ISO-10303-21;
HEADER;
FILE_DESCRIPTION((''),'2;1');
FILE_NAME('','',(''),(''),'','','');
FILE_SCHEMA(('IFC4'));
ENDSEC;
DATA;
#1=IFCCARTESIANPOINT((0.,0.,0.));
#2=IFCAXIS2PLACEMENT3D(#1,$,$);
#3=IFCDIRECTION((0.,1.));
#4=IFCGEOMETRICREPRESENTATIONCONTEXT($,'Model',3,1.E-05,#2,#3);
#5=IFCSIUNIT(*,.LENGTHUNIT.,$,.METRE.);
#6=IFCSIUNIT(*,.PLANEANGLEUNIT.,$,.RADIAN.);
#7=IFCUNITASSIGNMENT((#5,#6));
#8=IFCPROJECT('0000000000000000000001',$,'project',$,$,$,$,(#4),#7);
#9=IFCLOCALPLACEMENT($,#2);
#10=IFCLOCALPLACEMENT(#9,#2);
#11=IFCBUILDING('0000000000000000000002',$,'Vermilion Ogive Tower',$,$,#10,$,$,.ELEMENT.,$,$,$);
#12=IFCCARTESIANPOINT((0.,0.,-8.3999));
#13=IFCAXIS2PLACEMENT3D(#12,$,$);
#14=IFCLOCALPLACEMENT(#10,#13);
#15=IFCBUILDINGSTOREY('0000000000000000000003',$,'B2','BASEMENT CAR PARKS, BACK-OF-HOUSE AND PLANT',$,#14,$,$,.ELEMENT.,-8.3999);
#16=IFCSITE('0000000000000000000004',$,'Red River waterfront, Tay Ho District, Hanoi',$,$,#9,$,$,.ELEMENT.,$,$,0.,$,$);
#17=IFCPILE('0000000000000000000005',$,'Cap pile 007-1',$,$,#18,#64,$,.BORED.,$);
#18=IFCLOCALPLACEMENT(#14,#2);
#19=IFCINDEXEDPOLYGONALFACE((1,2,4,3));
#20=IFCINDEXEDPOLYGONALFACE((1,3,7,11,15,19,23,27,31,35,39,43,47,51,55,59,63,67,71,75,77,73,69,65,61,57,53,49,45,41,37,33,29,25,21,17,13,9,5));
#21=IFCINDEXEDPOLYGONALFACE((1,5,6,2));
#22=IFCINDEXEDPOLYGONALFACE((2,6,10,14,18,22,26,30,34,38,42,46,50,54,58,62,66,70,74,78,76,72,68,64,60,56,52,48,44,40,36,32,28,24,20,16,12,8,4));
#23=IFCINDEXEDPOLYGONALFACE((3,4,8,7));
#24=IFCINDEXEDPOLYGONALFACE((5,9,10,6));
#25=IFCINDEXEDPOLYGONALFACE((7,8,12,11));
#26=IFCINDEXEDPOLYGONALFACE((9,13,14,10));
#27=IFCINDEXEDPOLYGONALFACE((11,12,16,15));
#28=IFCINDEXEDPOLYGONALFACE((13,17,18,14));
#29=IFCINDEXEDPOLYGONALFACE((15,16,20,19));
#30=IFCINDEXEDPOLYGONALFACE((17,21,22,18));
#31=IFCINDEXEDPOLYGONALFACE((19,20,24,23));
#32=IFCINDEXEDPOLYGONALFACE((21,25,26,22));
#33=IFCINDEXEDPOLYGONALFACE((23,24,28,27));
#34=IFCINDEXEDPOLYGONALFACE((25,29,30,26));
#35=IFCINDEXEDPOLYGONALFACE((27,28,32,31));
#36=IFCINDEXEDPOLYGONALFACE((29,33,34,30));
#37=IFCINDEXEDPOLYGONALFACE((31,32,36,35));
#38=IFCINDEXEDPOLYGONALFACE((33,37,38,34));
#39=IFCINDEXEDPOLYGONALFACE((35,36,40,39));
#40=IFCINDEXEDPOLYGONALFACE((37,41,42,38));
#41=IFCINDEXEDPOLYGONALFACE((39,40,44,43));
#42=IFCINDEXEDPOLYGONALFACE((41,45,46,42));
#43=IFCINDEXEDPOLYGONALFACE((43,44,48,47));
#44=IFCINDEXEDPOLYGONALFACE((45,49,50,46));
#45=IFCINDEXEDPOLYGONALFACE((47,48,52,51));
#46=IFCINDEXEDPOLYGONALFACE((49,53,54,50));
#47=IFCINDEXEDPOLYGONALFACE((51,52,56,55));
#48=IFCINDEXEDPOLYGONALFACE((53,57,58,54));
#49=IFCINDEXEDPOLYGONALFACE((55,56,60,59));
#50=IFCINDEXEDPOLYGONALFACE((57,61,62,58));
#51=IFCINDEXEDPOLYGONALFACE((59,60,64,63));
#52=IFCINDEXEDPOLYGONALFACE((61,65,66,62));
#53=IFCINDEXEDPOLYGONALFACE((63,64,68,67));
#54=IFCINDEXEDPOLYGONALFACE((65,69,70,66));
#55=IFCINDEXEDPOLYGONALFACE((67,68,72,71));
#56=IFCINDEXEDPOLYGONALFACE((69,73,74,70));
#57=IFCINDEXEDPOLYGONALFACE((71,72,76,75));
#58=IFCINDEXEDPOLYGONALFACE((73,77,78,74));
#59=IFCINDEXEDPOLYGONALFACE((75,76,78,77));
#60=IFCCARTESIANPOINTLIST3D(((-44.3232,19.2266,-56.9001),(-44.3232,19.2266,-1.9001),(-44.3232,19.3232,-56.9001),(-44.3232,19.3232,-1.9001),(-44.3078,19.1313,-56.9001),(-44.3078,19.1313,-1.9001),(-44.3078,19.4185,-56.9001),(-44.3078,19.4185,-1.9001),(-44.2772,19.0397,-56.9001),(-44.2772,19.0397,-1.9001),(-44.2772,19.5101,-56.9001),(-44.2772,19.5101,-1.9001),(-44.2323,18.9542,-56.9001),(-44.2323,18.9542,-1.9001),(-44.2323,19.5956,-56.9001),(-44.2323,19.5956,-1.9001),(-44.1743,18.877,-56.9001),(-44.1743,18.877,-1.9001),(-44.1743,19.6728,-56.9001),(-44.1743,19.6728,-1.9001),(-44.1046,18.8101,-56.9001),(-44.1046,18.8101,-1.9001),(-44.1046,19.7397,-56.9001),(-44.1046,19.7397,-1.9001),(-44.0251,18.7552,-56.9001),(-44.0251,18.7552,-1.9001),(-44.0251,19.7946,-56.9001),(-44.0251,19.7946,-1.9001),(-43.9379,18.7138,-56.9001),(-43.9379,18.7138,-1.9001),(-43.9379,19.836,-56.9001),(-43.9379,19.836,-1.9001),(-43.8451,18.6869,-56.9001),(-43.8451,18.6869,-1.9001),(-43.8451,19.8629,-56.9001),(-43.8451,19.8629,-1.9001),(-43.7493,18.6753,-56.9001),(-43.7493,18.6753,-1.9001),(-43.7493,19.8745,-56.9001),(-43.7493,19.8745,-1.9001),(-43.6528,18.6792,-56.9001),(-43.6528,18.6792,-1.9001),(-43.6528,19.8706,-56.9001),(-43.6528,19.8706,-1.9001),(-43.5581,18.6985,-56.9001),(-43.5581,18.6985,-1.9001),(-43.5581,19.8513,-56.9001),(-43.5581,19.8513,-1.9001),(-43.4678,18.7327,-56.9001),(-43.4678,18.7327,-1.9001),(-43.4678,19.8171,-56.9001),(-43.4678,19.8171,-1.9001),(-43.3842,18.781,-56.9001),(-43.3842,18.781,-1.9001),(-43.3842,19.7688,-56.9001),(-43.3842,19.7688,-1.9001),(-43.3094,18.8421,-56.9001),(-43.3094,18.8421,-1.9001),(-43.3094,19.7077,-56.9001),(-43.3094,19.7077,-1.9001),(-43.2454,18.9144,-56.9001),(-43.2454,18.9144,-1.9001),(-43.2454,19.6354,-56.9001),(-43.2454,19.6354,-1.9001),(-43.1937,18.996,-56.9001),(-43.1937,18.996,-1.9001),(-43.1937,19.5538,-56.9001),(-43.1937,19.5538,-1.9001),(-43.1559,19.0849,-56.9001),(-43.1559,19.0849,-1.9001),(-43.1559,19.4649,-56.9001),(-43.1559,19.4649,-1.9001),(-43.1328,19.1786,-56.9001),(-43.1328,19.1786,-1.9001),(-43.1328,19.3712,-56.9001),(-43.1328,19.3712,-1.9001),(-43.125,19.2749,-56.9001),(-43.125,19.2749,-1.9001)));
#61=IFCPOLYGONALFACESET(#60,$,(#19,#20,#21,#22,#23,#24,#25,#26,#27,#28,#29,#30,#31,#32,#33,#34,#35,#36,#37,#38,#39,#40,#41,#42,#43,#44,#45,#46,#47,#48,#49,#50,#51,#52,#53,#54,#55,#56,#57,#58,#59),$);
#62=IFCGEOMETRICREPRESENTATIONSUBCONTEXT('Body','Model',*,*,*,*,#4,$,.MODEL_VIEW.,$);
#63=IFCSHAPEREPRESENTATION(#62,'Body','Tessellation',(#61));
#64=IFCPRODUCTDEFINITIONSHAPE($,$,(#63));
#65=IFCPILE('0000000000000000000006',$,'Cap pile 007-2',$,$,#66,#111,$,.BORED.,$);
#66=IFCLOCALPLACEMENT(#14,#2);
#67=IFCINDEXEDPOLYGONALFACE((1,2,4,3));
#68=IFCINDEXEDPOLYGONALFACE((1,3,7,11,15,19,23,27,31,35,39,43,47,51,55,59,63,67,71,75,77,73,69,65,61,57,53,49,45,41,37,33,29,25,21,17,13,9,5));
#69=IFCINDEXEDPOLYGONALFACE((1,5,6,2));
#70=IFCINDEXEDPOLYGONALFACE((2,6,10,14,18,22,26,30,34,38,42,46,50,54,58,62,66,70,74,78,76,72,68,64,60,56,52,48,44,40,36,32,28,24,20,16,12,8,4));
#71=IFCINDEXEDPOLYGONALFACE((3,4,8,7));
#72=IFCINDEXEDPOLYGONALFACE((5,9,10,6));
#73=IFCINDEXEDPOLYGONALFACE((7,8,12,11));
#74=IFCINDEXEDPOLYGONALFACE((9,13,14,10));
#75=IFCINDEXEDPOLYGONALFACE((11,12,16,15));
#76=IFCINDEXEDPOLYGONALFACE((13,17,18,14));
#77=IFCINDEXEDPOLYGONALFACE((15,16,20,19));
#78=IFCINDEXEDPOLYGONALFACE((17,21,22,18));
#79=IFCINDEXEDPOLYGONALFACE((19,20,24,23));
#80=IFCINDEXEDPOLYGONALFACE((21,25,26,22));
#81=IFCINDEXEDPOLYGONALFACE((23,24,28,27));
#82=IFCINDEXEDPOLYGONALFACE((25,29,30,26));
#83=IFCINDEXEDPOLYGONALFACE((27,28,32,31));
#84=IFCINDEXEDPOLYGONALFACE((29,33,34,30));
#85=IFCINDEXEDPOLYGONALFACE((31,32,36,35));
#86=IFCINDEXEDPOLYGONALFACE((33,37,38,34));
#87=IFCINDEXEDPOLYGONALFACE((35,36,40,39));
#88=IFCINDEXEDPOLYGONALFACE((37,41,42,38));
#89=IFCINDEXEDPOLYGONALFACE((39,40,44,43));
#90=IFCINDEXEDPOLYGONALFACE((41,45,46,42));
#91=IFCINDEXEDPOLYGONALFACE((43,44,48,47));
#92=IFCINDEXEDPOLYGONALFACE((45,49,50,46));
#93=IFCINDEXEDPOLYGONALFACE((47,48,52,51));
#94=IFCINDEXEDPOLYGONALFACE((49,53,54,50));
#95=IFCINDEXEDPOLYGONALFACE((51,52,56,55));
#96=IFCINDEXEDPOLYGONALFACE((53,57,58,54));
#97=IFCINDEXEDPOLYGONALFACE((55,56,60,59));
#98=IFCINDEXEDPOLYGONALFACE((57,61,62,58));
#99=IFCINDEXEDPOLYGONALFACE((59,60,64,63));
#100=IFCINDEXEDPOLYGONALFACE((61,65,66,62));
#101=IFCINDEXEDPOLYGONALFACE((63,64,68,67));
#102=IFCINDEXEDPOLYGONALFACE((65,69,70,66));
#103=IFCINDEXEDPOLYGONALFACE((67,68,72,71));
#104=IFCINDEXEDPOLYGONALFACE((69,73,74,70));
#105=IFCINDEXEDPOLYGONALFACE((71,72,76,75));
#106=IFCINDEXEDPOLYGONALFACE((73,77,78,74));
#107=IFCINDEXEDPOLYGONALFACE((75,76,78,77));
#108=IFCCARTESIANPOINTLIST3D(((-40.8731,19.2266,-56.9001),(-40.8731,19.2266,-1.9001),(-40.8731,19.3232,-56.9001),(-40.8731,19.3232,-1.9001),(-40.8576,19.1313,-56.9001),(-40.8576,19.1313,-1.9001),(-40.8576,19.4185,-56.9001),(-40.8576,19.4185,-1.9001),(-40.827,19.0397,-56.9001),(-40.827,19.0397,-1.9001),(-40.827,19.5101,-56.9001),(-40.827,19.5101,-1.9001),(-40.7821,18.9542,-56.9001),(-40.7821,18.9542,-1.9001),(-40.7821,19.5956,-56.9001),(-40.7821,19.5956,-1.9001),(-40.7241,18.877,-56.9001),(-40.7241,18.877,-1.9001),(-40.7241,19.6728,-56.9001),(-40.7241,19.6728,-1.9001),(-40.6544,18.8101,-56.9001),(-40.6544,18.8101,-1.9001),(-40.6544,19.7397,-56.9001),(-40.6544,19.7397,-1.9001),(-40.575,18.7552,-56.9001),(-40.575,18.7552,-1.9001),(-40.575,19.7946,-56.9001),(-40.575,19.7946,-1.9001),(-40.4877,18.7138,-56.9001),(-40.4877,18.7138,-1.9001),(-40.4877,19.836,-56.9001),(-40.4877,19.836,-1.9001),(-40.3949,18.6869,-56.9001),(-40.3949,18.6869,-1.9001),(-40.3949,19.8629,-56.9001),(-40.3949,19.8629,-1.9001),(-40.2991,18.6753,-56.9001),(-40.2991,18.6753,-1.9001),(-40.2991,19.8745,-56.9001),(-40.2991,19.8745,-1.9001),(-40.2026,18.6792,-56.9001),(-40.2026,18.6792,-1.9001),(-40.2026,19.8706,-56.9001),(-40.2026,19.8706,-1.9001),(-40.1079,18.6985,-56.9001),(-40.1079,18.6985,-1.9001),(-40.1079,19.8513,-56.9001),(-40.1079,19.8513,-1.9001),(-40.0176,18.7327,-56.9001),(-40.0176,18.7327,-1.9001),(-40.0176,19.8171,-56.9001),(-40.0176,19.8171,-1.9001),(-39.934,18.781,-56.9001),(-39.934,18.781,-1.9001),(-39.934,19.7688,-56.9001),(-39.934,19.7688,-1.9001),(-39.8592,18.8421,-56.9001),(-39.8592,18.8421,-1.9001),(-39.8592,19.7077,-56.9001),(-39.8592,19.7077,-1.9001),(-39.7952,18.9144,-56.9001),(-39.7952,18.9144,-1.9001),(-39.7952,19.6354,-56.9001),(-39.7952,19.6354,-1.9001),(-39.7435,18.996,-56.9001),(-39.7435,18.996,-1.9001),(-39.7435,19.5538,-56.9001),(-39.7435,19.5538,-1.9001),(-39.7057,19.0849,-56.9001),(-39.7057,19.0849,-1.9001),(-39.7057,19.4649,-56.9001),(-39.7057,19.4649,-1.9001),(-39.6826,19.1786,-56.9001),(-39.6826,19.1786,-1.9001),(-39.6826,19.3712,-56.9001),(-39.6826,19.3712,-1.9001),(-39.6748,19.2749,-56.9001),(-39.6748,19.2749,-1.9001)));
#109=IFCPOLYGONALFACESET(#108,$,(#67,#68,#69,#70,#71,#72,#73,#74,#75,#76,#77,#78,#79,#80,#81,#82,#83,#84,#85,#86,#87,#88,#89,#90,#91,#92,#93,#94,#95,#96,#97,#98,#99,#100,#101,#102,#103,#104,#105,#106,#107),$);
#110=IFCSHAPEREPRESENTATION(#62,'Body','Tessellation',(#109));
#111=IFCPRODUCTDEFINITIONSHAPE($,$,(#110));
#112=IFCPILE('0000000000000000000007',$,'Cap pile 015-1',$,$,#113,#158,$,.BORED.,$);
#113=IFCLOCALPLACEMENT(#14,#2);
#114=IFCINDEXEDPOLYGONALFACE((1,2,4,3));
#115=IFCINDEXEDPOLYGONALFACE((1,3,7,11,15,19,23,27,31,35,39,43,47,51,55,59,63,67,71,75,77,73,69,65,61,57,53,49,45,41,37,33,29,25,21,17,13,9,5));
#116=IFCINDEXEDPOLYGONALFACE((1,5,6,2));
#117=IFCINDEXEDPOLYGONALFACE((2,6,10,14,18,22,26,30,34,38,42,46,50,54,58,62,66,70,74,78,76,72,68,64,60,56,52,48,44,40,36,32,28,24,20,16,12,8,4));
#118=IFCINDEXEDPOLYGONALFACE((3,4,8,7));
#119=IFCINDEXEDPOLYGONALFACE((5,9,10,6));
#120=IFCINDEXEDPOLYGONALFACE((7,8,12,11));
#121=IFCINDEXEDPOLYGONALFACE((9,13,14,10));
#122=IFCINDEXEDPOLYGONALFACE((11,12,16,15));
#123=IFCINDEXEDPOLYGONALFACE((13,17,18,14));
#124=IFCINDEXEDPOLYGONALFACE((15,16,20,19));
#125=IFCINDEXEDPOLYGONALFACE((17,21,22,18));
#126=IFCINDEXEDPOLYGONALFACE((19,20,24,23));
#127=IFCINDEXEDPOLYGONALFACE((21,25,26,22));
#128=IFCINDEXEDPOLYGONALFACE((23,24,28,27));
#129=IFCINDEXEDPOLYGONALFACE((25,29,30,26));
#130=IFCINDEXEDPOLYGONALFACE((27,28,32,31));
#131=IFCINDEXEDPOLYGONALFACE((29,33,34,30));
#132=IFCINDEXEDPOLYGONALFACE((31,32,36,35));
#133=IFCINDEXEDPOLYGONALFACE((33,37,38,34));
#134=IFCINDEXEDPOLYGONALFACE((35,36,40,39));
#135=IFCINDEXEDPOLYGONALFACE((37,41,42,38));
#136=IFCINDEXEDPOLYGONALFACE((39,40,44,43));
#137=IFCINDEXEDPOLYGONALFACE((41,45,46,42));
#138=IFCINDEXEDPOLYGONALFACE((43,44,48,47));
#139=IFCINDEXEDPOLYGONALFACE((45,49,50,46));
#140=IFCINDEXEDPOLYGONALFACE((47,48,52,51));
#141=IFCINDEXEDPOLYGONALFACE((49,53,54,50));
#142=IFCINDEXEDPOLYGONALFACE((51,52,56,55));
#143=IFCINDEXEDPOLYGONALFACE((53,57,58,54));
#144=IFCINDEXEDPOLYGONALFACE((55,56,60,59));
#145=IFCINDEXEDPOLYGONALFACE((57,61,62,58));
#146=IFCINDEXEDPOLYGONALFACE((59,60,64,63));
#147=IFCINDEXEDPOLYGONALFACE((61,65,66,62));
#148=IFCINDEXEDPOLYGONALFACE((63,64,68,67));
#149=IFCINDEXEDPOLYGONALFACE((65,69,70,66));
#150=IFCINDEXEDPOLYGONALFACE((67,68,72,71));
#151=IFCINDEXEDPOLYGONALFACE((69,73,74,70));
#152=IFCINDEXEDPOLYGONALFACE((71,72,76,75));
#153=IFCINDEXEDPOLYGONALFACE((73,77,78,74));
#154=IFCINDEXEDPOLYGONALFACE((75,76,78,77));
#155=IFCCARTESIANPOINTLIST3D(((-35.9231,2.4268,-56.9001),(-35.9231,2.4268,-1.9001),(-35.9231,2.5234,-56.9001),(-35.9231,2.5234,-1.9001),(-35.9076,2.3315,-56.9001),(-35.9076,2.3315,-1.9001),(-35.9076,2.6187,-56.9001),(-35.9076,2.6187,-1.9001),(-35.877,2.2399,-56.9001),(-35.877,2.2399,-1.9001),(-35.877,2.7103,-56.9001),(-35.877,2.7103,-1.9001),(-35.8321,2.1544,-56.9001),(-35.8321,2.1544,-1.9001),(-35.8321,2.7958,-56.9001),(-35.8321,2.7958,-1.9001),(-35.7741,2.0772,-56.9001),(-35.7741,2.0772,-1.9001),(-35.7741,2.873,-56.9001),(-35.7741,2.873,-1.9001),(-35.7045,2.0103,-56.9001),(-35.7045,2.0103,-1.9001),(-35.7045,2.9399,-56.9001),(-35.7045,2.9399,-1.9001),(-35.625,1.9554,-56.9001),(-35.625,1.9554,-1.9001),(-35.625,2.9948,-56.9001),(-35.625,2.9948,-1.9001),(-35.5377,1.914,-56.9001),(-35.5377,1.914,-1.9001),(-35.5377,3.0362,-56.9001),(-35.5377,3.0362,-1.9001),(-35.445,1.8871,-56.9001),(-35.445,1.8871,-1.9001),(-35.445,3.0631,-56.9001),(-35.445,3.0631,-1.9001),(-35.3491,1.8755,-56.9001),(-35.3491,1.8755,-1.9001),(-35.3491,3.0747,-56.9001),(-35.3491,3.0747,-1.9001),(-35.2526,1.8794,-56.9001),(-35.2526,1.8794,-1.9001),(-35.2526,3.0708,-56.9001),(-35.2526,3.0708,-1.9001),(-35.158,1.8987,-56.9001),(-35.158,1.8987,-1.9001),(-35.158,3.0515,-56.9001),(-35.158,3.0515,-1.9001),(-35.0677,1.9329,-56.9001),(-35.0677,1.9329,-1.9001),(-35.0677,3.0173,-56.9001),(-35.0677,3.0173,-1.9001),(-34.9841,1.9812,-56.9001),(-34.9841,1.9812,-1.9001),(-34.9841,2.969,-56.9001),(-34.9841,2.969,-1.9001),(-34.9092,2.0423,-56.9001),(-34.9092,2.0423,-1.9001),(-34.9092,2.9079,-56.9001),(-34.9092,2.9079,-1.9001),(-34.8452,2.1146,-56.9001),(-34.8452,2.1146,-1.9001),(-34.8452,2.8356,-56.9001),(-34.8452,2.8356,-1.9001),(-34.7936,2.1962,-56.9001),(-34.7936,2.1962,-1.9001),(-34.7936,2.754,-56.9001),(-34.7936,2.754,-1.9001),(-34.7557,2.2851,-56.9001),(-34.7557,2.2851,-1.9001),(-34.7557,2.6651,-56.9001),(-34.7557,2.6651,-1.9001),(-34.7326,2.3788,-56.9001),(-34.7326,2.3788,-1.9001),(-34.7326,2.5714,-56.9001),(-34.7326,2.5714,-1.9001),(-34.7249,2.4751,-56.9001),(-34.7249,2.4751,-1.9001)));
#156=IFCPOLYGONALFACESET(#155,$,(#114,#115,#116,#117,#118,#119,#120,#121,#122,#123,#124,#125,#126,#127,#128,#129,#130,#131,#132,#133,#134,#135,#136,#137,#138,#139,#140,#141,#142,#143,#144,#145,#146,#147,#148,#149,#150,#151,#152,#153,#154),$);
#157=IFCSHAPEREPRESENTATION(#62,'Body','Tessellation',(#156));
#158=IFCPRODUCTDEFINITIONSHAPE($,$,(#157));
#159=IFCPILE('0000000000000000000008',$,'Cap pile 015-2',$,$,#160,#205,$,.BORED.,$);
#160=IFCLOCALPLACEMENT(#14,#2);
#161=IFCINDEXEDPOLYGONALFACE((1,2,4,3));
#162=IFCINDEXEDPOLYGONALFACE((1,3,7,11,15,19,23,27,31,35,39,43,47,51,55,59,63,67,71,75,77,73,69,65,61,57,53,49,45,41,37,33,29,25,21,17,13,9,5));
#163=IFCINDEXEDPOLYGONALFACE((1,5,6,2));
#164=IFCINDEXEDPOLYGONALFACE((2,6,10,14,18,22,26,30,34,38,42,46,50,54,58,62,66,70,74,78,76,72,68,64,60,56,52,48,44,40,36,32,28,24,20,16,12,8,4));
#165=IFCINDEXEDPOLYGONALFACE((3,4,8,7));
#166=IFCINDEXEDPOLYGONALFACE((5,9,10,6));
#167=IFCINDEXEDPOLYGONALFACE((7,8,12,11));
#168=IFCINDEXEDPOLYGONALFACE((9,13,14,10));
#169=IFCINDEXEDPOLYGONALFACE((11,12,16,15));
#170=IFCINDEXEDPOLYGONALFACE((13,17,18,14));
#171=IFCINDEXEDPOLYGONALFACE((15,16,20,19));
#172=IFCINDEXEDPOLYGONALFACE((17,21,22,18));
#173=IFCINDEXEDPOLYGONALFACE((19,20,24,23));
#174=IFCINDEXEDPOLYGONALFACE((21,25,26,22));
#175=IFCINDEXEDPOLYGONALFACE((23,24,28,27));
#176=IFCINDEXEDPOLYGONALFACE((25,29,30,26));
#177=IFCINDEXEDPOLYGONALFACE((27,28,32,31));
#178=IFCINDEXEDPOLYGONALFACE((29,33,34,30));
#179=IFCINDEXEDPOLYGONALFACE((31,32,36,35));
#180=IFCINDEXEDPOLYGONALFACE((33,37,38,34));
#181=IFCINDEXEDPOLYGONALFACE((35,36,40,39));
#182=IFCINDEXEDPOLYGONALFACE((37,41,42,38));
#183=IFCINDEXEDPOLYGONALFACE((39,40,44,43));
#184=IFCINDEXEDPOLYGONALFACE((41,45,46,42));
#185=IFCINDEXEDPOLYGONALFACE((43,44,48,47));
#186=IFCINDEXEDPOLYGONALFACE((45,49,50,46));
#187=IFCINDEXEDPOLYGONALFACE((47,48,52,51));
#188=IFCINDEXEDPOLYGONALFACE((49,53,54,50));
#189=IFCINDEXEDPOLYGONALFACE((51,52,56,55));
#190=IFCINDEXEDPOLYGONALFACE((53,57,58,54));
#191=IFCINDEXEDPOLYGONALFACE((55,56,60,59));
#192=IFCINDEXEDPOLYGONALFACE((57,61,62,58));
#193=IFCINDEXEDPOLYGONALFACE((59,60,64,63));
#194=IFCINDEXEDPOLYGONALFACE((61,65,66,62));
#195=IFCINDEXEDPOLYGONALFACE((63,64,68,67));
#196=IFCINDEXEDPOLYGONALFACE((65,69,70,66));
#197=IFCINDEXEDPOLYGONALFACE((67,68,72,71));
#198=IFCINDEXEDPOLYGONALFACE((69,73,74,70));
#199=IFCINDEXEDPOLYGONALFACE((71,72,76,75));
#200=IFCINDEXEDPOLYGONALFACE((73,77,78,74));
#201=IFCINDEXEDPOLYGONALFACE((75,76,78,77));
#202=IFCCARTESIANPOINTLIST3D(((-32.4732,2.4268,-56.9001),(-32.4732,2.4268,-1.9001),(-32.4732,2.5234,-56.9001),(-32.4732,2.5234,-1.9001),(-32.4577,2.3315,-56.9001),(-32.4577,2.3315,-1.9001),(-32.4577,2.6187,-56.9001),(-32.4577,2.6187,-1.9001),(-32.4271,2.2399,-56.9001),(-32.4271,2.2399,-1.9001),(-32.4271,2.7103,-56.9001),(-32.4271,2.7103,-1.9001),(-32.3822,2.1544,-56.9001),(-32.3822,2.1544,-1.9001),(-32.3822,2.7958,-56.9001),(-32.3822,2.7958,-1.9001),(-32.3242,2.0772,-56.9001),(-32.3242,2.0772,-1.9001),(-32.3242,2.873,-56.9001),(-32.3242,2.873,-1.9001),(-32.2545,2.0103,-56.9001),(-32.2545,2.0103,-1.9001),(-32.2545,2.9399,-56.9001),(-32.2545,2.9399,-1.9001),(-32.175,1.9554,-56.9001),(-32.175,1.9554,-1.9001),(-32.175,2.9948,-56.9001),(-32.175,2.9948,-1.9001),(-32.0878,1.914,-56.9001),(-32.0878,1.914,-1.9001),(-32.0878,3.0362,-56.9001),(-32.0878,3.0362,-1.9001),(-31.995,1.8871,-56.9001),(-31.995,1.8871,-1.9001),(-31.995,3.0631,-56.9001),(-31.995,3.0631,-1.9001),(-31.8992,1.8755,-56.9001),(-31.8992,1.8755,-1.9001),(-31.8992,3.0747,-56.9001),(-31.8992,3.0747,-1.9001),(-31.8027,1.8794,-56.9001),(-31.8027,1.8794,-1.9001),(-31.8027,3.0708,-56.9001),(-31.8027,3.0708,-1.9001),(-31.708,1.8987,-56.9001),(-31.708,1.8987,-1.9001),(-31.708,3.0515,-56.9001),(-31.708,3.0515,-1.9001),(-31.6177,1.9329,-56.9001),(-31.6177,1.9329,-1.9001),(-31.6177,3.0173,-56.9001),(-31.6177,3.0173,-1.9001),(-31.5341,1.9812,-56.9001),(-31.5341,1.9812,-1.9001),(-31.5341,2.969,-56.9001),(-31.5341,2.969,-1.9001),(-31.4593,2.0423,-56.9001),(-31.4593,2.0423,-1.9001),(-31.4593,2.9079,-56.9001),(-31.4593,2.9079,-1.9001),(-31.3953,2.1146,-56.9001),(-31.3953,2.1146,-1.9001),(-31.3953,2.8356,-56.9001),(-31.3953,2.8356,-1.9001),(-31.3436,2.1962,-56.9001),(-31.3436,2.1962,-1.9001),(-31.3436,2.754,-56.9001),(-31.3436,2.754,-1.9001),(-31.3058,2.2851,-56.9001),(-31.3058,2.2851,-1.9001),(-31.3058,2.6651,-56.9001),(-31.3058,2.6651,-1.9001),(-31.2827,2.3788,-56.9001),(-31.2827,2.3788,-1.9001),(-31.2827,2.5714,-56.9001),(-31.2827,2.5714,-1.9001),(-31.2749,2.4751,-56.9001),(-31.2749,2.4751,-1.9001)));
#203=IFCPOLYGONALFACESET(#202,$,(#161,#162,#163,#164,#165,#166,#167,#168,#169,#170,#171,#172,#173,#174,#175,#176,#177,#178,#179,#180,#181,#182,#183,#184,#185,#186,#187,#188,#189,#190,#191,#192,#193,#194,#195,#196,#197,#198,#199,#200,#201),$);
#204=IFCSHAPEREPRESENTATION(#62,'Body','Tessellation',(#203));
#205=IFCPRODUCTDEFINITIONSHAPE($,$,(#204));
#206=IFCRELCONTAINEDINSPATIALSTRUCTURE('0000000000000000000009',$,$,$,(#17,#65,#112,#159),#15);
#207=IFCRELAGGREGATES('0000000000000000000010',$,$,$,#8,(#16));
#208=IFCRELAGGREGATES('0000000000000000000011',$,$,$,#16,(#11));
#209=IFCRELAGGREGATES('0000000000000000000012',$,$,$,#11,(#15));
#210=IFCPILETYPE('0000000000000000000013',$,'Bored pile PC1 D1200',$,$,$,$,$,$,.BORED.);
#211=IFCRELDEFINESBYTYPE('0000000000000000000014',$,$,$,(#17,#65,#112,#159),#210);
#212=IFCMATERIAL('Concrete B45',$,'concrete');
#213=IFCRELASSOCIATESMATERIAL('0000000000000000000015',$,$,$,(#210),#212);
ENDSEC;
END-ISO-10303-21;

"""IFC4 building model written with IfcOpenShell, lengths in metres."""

from ifc_helpers import new_model, si_unit, direction, frame, origin, origin_2d, place, context, subcontext, project, spatial, circle, extrude, material, type_object, element, save


model = new_model("IFC4")

# Units and contexts
model_context = context("Model", 3, precision=1e-05, world=origin(), true_north=direction((0.0, 1.0)))
body_context = subcontext(model_context, "Body", "Model", "MODEL_VIEW")
ifc_project = project(units=[si_unit("LENGTHUNIT", "METRE"), si_unit("PLANEANGLEUNIT", "RADIAN")], contexts=[model_context])

# Site, building, storey
site_placement = place(None, origin())
site = spatial("IfcSite", under=ifc_project, at=site_placement, Name="Red River waterfront, Tay Ho District, Hanoi", CompositionType="ELEMENT", RefElevation=0.0)
building_placement = place(site_placement, origin())
building = spatial("IfcBuilding", under=site, at=building_placement, Name="Vermilion Ogive Tower", CompositionType="ELEMENT")
storey_placement = place(building_placement, frame((0.0, 0.0, -8.3999)))
storey = spatial("IfcBuildingStorey", under=building, at=storey_placement, Name="B2", Description="BASEMENT CAR PARKS, BACK-OF-HOUSE AND PLANT", CompositionType="ELEMENT", Elevation=-8.3999)

# Piles
ifc_material_1 = material(Name="Concrete B45", Category="concrete")
pile_type_1 = type_object("IfcPileType", Name="Bored pile PC1 D1200", PredefinedType="BORED", material=ifc_material_1)
for number, where, z_axis, x_axis, name in (
    (1, (-43.7251, 19.2749, -1.9001), (0.0, 0.0, -1.0), (1.0, 0.0, 0.0), "Cap pile 007-1"),
    (2, (-40.2749, 19.2749, -1.9001), (0.0, 0.0, -1.0), (1.0, 0.0, 0.0), "Cap pile 007-2"),
    (3, (-35.325, 2.4751, -1.9001), (0.0, 0.0, -1.0), (1.0, 0.0, 0.0), "Cap pile 015-1"),
    (4, (-31.875, 2.4751, -1.9001), (0.0, 0.0, -1.0), (1.0, 0.0, 0.0), "Cap pile 015-2"),
):
    element("IfcPile", number, at=place(storey_placement, frame(where, z_axis=z_axis, x_axis=x_axis)), inside=storey, type_object=pile_type_1, Name=name, PredefinedType="BORED", context=body_context, shape_type="SweptSolid", body=[
        extrude(circle(Radius=0.6001, at=origin_2d()), origin(), (0.0, 0.0, 1.0), 55.0),
    ])

save(model, "model.ifc")
